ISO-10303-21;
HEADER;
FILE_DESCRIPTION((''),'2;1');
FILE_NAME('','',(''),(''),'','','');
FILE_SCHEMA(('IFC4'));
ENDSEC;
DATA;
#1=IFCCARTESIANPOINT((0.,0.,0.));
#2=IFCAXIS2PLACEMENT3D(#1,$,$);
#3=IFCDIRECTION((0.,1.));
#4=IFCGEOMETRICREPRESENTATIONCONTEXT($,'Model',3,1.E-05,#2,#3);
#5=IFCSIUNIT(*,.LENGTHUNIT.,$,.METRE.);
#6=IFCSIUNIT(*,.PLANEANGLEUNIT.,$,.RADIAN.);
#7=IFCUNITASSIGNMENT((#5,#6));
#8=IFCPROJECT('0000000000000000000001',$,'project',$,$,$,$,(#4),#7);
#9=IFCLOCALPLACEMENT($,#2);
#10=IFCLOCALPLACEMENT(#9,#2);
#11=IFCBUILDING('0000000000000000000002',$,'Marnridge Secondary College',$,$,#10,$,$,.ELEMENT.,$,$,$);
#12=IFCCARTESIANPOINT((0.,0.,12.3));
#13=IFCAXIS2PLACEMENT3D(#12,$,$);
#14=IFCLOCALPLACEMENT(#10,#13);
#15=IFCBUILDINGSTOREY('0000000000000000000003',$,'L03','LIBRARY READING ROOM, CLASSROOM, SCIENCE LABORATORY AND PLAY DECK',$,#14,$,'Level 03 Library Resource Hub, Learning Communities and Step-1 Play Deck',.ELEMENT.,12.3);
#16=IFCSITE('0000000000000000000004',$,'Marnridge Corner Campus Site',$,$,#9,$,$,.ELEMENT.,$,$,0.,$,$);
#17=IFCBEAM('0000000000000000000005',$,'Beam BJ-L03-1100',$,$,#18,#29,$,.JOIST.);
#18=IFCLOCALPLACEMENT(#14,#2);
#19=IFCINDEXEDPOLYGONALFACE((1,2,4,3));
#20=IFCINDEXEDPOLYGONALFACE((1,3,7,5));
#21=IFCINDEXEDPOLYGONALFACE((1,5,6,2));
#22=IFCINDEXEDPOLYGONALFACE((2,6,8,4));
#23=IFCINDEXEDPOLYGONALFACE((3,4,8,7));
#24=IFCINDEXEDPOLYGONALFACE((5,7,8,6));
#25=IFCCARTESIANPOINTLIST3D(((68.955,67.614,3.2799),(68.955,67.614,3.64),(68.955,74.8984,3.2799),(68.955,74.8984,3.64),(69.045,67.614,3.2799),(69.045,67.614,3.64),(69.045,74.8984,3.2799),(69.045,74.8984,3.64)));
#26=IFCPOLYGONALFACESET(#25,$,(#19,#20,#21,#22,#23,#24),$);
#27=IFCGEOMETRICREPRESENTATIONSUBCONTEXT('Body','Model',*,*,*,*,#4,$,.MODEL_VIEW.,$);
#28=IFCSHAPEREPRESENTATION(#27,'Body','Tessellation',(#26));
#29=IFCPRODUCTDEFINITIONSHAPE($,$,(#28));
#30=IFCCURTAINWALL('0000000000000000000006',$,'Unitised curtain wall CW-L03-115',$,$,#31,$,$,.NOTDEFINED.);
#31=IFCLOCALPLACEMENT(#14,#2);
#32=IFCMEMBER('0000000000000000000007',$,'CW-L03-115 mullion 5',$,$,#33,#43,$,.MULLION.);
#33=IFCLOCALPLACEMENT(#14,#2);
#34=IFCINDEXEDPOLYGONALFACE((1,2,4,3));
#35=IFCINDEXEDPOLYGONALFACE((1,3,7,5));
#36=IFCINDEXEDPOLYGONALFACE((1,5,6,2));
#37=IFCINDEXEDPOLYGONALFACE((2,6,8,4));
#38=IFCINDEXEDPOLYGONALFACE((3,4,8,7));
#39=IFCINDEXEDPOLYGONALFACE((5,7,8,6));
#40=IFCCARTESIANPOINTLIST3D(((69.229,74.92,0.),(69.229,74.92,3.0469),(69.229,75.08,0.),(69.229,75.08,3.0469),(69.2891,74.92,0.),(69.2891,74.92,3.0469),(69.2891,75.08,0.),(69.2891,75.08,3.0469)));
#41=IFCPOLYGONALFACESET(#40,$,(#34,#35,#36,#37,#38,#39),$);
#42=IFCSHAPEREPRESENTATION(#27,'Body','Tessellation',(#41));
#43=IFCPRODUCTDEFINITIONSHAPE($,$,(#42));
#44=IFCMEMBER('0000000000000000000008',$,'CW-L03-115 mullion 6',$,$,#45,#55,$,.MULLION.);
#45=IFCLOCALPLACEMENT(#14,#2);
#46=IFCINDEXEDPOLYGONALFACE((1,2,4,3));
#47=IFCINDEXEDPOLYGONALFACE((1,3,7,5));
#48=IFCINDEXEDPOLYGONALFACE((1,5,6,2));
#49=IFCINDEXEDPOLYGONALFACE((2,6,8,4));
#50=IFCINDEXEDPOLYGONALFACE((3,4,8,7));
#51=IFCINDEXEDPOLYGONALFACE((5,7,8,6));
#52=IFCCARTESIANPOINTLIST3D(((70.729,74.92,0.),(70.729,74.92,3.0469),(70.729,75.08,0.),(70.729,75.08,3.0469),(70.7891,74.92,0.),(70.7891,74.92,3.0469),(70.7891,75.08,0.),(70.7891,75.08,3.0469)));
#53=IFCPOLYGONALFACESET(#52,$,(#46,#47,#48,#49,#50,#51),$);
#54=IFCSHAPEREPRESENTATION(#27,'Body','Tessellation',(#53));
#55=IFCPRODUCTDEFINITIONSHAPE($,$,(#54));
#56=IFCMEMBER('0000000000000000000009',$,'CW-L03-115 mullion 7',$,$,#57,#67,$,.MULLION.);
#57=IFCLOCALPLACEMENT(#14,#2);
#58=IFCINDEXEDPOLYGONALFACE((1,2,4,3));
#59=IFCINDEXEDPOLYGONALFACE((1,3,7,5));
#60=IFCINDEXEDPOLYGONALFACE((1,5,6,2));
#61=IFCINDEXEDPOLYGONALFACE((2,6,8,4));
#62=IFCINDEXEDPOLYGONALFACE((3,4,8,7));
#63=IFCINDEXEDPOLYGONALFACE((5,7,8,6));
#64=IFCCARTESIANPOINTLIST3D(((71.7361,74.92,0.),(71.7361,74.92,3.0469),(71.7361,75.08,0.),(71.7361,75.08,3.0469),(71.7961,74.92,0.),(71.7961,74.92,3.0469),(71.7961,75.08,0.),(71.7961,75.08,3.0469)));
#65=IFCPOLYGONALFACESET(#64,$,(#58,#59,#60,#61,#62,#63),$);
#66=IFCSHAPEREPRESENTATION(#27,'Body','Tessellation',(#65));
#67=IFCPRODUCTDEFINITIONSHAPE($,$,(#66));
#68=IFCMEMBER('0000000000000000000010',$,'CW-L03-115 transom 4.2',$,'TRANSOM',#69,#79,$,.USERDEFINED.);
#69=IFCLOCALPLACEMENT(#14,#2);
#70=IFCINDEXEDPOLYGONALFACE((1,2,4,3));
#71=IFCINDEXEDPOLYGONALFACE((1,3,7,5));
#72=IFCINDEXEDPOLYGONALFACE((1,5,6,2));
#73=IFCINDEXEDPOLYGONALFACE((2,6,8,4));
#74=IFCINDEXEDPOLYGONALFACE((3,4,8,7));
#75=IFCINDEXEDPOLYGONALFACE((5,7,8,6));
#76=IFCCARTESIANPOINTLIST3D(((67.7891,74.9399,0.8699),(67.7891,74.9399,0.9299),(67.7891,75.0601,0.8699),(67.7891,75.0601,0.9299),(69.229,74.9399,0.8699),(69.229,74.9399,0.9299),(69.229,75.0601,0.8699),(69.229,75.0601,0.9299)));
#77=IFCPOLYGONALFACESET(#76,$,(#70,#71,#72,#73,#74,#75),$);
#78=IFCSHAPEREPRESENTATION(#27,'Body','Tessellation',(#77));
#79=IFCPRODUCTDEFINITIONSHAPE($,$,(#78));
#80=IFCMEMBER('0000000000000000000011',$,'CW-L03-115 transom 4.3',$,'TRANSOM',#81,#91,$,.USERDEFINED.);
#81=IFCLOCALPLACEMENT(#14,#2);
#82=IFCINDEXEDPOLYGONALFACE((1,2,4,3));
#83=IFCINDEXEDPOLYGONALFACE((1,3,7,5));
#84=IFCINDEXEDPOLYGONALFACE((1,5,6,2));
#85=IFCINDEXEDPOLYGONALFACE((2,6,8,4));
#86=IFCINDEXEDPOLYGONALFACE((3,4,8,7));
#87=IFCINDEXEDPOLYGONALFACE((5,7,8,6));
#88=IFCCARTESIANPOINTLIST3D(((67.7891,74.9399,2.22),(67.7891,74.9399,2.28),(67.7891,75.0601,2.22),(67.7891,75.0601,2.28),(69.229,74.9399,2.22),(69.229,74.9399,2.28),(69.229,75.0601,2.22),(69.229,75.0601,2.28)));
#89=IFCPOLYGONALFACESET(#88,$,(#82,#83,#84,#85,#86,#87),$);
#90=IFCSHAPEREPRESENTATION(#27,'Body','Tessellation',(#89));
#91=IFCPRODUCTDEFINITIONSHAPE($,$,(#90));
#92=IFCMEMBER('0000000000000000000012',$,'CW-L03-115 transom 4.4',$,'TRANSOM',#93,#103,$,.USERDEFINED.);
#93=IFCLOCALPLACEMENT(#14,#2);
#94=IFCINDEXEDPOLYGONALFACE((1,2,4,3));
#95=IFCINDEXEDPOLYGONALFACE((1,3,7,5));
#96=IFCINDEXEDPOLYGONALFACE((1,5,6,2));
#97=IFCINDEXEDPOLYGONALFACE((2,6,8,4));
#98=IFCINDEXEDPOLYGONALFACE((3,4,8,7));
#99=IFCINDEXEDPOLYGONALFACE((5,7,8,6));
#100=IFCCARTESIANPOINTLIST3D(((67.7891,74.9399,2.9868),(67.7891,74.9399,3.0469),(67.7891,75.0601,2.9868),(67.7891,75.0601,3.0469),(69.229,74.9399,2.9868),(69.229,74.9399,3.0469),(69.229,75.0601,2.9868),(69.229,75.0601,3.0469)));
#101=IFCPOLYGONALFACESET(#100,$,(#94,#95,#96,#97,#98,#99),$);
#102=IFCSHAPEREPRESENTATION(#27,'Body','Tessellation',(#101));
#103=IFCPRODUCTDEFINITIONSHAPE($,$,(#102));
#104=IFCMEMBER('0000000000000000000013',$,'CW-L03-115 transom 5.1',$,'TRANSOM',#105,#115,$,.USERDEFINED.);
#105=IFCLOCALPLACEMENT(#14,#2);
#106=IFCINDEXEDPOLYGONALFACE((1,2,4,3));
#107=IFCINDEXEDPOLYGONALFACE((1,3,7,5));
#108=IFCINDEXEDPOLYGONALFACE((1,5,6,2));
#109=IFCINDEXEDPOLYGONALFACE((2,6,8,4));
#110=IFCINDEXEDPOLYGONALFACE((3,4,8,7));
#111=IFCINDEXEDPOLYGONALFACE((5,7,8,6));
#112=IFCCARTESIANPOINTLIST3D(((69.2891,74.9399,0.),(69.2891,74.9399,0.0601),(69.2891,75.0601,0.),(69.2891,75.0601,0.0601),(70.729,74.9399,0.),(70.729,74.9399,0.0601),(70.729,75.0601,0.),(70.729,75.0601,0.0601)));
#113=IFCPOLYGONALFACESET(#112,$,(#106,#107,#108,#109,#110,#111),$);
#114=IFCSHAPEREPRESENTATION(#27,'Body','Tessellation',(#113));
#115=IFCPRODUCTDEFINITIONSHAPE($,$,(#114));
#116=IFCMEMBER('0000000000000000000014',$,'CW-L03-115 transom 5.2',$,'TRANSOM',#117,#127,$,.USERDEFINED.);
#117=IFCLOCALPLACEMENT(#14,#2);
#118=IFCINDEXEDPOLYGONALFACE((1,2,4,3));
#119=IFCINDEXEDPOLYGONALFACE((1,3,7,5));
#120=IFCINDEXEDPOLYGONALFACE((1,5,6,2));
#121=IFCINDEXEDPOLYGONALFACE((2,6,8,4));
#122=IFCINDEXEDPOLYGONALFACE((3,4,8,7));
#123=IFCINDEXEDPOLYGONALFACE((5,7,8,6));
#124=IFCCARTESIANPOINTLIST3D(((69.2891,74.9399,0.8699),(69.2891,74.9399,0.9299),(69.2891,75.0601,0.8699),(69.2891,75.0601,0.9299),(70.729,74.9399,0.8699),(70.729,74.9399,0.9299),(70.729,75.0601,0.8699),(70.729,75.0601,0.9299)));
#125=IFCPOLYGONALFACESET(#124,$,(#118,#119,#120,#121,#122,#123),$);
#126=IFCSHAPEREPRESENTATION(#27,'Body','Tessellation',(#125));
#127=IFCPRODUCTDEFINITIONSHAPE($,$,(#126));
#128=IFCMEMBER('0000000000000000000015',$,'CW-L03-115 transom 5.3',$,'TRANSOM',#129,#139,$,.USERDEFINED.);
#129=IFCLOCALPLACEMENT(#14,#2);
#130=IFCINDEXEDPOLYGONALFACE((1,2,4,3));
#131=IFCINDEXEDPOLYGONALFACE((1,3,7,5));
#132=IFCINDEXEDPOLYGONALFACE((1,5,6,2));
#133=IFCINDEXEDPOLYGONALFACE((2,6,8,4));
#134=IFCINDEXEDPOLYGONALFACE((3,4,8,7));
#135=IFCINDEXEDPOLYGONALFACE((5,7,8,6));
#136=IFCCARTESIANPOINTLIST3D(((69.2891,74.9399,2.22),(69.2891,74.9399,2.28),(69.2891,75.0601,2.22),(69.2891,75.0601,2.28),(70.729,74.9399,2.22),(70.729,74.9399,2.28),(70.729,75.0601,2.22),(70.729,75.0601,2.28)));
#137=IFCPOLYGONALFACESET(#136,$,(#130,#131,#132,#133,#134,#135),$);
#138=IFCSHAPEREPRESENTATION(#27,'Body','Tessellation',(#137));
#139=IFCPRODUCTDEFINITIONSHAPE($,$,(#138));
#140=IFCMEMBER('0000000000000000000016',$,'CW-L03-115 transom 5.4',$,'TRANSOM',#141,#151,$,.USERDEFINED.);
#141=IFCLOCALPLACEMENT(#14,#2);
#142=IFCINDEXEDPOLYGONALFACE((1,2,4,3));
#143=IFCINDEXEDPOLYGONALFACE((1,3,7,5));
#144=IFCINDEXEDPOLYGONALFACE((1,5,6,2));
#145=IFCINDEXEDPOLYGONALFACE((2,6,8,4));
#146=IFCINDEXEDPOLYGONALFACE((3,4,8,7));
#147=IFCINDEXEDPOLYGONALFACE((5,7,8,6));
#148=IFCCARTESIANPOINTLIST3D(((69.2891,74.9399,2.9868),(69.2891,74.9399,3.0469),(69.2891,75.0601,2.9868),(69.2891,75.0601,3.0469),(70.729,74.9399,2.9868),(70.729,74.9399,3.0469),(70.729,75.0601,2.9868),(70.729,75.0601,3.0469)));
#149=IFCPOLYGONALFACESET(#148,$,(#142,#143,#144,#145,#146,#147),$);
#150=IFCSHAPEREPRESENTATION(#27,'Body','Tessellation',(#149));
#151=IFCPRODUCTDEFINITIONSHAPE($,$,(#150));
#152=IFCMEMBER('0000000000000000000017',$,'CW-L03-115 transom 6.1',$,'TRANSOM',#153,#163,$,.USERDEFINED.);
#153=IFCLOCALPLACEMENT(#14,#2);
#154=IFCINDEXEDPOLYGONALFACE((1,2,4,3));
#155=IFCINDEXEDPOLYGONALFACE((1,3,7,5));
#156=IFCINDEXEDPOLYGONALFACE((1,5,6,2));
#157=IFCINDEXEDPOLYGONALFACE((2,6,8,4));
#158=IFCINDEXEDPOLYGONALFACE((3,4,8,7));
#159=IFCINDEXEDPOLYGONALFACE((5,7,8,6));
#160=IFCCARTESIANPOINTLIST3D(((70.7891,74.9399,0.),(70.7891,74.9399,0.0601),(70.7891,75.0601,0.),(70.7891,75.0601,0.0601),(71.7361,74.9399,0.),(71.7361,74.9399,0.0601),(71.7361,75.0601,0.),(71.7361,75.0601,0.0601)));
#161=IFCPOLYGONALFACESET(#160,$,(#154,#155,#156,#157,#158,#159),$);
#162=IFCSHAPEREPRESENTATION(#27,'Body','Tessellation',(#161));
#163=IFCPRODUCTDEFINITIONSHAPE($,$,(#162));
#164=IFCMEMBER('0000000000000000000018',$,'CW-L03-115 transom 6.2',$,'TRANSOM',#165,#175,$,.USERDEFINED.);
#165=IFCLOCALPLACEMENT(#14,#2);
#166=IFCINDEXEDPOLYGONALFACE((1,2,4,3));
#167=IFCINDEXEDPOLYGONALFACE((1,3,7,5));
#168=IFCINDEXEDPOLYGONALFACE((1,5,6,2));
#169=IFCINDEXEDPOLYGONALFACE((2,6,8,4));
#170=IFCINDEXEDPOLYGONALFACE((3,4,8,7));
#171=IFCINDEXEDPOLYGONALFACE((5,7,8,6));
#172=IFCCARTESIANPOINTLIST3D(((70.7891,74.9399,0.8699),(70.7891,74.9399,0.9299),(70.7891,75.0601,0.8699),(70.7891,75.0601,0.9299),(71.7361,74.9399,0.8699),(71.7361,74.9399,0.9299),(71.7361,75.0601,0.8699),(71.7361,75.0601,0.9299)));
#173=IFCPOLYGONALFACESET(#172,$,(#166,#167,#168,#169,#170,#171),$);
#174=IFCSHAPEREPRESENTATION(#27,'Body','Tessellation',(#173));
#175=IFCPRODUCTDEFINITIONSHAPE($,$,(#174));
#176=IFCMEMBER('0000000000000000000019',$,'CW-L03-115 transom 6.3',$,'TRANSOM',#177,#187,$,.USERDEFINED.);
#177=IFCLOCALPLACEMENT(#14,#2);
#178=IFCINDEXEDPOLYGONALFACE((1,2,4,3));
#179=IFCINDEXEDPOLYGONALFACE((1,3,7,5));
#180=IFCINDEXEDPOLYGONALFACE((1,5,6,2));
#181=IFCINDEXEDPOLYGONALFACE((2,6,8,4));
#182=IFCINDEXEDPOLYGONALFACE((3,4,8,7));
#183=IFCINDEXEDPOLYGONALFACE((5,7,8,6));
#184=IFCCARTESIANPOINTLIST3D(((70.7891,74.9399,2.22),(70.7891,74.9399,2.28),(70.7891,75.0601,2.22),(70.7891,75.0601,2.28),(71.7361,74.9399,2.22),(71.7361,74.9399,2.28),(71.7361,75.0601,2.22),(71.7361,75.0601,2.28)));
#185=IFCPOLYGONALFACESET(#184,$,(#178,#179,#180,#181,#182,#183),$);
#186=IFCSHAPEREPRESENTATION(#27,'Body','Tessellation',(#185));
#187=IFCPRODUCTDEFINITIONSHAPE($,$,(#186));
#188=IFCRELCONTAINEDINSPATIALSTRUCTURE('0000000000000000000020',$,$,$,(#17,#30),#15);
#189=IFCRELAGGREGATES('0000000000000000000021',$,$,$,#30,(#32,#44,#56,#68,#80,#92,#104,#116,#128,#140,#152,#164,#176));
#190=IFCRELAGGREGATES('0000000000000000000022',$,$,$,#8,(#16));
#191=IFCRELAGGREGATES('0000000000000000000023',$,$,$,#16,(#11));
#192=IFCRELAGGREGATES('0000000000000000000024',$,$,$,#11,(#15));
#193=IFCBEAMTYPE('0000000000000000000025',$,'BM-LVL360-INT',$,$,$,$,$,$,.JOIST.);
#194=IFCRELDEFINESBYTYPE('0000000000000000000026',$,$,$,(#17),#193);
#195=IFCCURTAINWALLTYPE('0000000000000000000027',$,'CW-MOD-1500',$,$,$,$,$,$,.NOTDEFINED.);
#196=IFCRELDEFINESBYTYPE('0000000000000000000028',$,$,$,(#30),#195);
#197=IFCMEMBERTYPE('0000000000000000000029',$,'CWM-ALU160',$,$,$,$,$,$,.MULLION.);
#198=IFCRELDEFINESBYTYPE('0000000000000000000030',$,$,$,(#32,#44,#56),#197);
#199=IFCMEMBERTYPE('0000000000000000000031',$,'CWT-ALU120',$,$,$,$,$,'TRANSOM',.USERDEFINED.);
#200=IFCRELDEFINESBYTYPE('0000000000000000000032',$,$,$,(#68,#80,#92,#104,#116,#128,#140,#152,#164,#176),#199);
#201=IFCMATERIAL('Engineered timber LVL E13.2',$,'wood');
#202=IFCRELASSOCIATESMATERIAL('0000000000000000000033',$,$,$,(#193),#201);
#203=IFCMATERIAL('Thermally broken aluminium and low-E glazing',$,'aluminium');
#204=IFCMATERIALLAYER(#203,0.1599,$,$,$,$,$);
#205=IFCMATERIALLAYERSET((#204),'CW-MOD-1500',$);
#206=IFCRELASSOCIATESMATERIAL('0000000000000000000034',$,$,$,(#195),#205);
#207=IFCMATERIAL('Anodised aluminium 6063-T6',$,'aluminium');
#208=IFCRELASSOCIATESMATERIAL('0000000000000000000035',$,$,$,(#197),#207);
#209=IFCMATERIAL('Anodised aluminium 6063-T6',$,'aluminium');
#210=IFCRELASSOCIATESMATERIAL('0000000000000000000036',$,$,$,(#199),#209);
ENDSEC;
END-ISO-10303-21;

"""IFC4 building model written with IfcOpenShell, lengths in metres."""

from ifc_helpers import new_model, si_unit, direction, frame, origin, origin_2d, place, context, subcontext, project, spatial, rectangle, extrude, material, layer, layer_set, material_profile, profile_set, type_object, element, aggregate, save


model = new_model("IFC4")

# Units and contexts
model_context = context("Model", 3, precision=1e-05, world=origin(), true_north=direction((0.0, 1.0)))
body_context = subcontext(model_context, "Body", "Model", "MODEL_VIEW")
ifc_project = project(units=[si_unit("LENGTHUNIT", "METRE"), si_unit("PLANEANGLEUNIT", "RADIAN")], contexts=[model_context])

# Site, building, storey
site_placement = place(None, origin())
site = spatial("IfcSite", under=ifc_project, at=site_placement, Name="Marnridge Corner Campus Site", CompositionType="ELEMENT", RefElevation=0.0)
building_placement = place(site_placement, origin())
building = spatial("IfcBuilding", under=site, at=building_placement, Name="Marnridge Secondary College", CompositionType="ELEMENT")
storey_placement = place(building_placement, frame((0.0, 0.0, 12.3)))
storey = spatial("IfcBuildingStorey", under=building, at=storey_placement, Name="L03", Description="LIBRARY READING ROOM, CLASSROOM, SCIENCE LABORATORY AND PLAY DECK", LongName="Level 03 Library Resource Hub, Learning Communities and Step-1 Play Deck", CompositionType="ELEMENT", Elevation=12.3)

# Beam
ifc_material_1 = material(Name="Engineered timber LVL E13.2", Category="wood")
ifc_material_profile_1 = material_profile(ifc_material_1, rectangle(XDim=0.0901, YDim=0.3601, at=origin_2d()), Name="LVL 90x360")
ifc_profile_set_1 = profile_set([ifc_material_profile_1], Name="Engineered timber LVL E13.2")
beam_type = type_object("IfcBeamType", Name="BM-LVL360-INT", PredefinedType="JOIST", material=ifc_profile_set_1)
beam_placement = place(storey_placement, frame((69.0, 67.614, 3.46), z_axis=(0.0, 1.0, 0.0), x_axis=(-1.0, 0.0, 0.0)))
element("IfcBeam", 1, at=beam_placement, inside=storey, type_object=beam_type, Name="Beam BJ-L03-1100", PredefinedType="JOIST", context=body_context, shape_type="SweptSolid", body=[
    extrude(rectangle(XDim=0.0901, YDim=0.3601, at=origin_2d()), origin(), (0.0, 0.0, 1.0), 7.2844),
])

# Curtain wall, members
ifc_material_2 = material(Name="Thermally broken aluminium and low-E glazing", Category="aluminium")
ifc_layer_1 = layer(ifc_material_2, 0.1599)
ifc_layer_set_1 = layer_set([ifc_layer_1], Name="CW-MOD-1500")
curtain_wall_type = type_object("IfcCurtainWallType", Name="CW-MOD-1500", PredefinedType="NOTDEFINED", material=ifc_layer_set_1)
curtain_wall_placement = place(storey_placement, origin())
curtain_wall = element("IfcCurtainWall", 2, at=curtain_wall_placement, inside=storey, type_object=curtain_wall_type, Name="Unitised curtain wall CW-L03-115", PredefinedType="NOTDEFINED")
ifc_material_3 = material(Name="Anodised aluminium 6063-T6", Category="aluminium")
ifc_material_profile_2 = material_profile(ifc_material_3, rectangle(XDim=0.0601, YDim=0.1599, at=origin_2d()), Name="ALU 60x160")
ifc_profile_set_2 = profile_set([ifc_material_profile_2], Name="Anodised aluminium 6063-T6")
member_type_1 = type_object("IfcMemberType", Name="CWM-ALU160", PredefinedType="MULLION", material=ifc_profile_set_2)
member_1_placement = place(storey_placement, frame((69.259, 75.0, 0.0), z_axis=(0.0, 0.0, 1.0), x_axis=(1.0, 0.0, 0.0)))
member_1 = element("IfcMember", 3, at=member_1_placement, type_object=member_type_1, Name="CW-L03-115 mullion 5", PredefinedType="MULLION", context=body_context, shape_type="SweptSolid", body=[
    extrude(rectangle(XDim=0.0601, YDim=0.1599, at=origin_2d()), origin(), (0.0, 0.0, 1.0), 3.0469),
])
member_2_placement = place(storey_placement, frame((70.759, 75.0, 0.0), z_axis=(0.0, 0.0, 1.0), x_axis=(1.0, 0.0, 0.0)))
member_2 = element("IfcMember", 4, at=member_2_placement, type_object=member_type_1, Name="CW-L03-115 mullion 6", PredefinedType="MULLION", context=body_context, shape_type="SweptSolid", body=[
    extrude(rectangle(XDim=0.0601, YDim=0.1599, at=origin_2d()), origin(), (0.0, 0.0, 1.0), 3.0469),
])
member_3_placement = place(storey_placement, frame((71.7661, 75.0, 0.0), z_axis=(0.0, 0.0, 1.0), x_axis=(1.0, 0.0, 0.0)))
member_3 = element("IfcMember", 5, at=member_3_placement, type_object=member_type_1, Name="CW-L03-115 mullion 7", PredefinedType="MULLION", context=body_context, shape_type="SweptSolid", body=[
    extrude(rectangle(XDim=0.0601, YDim=0.1599, at=origin_2d()), origin(), (0.0, 0.0, 1.0), 3.0469),
])
ifc_material_4 = material(Name="Anodised aluminium 6063-T6", Category="aluminium")
ifc_material_profile_3 = material_profile(ifc_material_4, rectangle(XDim=0.0601, YDim=0.1201, at=origin_2d()), Name="ALU 60x120")
ifc_profile_set_3 = profile_set([ifc_material_profile_3], Name="Anodised aluminium 6063-T6")
member_type_2 = type_object("IfcMemberType", Name="CWT-ALU120", ElementType="TRANSOM", PredefinedType="USERDEFINED", material=ifc_profile_set_3)
member_4_placement = place(storey_placement, frame((67.7891, 75.0, 0.8999), z_axis=(1.0, 0.0, 0.0), x_axis=(0.0, 0.0, 1.0)))
member_4 = element("IfcMember", 6, at=member_4_placement, type_object=member_type_2, Name="CW-L03-115 transom 4.2", ObjectType="TRANSOM", PredefinedType="USERDEFINED", context=body_context, shape_type="SweptSolid", body=[
    extrude(rectangle(XDim=0.0601, YDim=0.1201, at=origin_2d()), origin(), (0.0, 0.0, 1.0), 1.4399),
])
member_5_placement = place(storey_placement, frame((67.7891, 75.0, 2.25), z_axis=(1.0, 0.0, 0.0), x_axis=(0.0, 0.0, 1.0)))
member_5 = element("IfcMember", 7, at=member_5_placement, type_object=member_type_2, Name="CW-L03-115 transom 4.3", ObjectType="TRANSOM", PredefinedType="USERDEFINED", context=body_context, shape_type="SweptSolid", body=[
    extrude(rectangle(XDim=0.0601, YDim=0.1201, at=origin_2d()), origin(), (0.0, 0.0, 1.0), 1.4399),
])
member_6_placement = place(storey_placement, frame((67.7891, 75.0, 3.0168), z_axis=(1.0, 0.0, 0.0), x_axis=(0.0, 0.0, 1.0)))
member_6 = element("IfcMember", 8, at=member_6_placement, type_object=member_type_2, Name="CW-L03-115 transom 4.4", ObjectType="TRANSOM", PredefinedType="USERDEFINED", context=body_context, shape_type="SweptSolid", body=[
    extrude(rectangle(XDim=0.0601, YDim=0.1201, at=origin_2d()), origin(), (0.0, 0.0, 1.0), 1.4399),
])
member_7_placement = place(storey_placement, frame((69.2891, 75.0, 0.03), z_axis=(1.0, 0.0, 0.0), x_axis=(0.0, 0.0, 1.0)))
member_7 = element("IfcMember", 9, at=member_7_placement, type_object=member_type_2, Name="CW-L03-115 transom 5.1", ObjectType="TRANSOM", PredefinedType="USERDEFINED", context=body_context, shape_type="SweptSolid", body=[
    extrude(rectangle(XDim=0.0601, YDim=0.1201, at=origin_2d()), origin(), (0.0, 0.0, 1.0), 1.4399),
])
member_8_placement = place(storey_placement, frame((69.2891, 75.0, 0.8999), z_axis=(1.0, 0.0, 0.0), x_axis=(0.0, 0.0, 1.0)))
member_8 = element("IfcMember", 10, at=member_8_placement, type_object=member_type_2, Name="CW-L03-115 transom 5.2", ObjectType="TRANSOM", PredefinedType="USERDEFINED", context=body_context, shape_type="SweptSolid", body=[
    extrude(rectangle(XDim=0.0601, YDim=0.1201, at=origin_2d()), origin(), (0.0, 0.0, 1.0), 1.4399),
])
member_9_placement = place(storey_placement, frame((69.2891, 75.0, 2.25), z_axis=(1.0, 0.0, 0.0), x_axis=(0.0, 0.0, 1.0)))
member_9 = element("IfcMember", 11, at=member_9_placement, type_object=member_type_2, Name="CW-L03-115 transom 5.3", ObjectType="TRANSOM", PredefinedType="USERDEFINED", context=body_context, shape_type="SweptSolid", body=[
    extrude(rectangle(XDim=0.0601, YDim=0.1201, at=origin_2d()), origin(), (0.0, 0.0, 1.0), 1.4399),
])
member_10_placement = place(storey_placement, frame((69.2891, 75.0, 3.0168), z_axis=(1.0, 0.0, 0.0), x_axis=(0.0, 0.0, 1.0)))
member_10 = element("IfcMember", 12, at=member_10_placement, type_object=member_type_2, Name="CW-L03-115 transom 5.4", ObjectType="TRANSOM", PredefinedType="USERDEFINED", context=body_context, shape_type="SweptSolid", body=[
    extrude(rectangle(XDim=0.0601, YDim=0.1201, at=origin_2d()), origin(), (0.0, 0.0, 1.0), 1.4399),
])
member_11_placement = place(storey_placement, frame((70.7891, 75.0, 0.03), z_axis=(1.0, 0.0, 0.0), x_axis=(0.0, 0.0, 1.0)))
member_11 = element("IfcMember", 13, at=member_11_placement, type_object=member_type_2, Name="CW-L03-115 transom 6.1", ObjectType="TRANSOM", PredefinedType="USERDEFINED", context=body_context, shape_type="SweptSolid", body=[
    extrude(rectangle(XDim=0.0601, YDim=0.1201, at=origin_2d()), origin(), (0.0, 0.0, 1.0), 0.947),
])
member_12_placement = place(storey_placement, frame((70.7891, 75.0, 0.8999), z_axis=(1.0, 0.0, 0.0), x_axis=(0.0, 0.0, 1.0)))
member_12 = element("IfcMember", 14, at=member_12_placement, type_object=member_type_2, Name="CW-L03-115 transom 6.2", ObjectType="TRANSOM", PredefinedType="USERDEFINED", context=body_context, shape_type="SweptSolid", body=[
    extrude(rectangle(XDim=0.0601, YDim=0.1201, at=origin_2d()), origin(), (0.0, 0.0, 1.0), 0.947),
])
member_13_placement = place(storey_placement, frame((70.7891, 75.0, 2.25), z_axis=(1.0, 0.0, 0.0), x_axis=(0.0, 0.0, 1.0)))
member_13 = element("IfcMember", 15, at=member_13_placement, type_object=member_type_2, Name="CW-L03-115 transom 6.3", ObjectType="TRANSOM", PredefinedType="USERDEFINED", context=body_context, shape_type="SweptSolid", body=[
    extrude(rectangle(XDim=0.0601, YDim=0.1201, at=origin_2d()), origin(), (0.0, 0.0, 1.0), 0.947),
])
aggregate(curtain_wall, [member_1, member_2, member_3, member_4, member_5, member_6, member_7, member_8, member_9, member_10, member_11, member_12, member_13])

save(model, "model.ifc")
